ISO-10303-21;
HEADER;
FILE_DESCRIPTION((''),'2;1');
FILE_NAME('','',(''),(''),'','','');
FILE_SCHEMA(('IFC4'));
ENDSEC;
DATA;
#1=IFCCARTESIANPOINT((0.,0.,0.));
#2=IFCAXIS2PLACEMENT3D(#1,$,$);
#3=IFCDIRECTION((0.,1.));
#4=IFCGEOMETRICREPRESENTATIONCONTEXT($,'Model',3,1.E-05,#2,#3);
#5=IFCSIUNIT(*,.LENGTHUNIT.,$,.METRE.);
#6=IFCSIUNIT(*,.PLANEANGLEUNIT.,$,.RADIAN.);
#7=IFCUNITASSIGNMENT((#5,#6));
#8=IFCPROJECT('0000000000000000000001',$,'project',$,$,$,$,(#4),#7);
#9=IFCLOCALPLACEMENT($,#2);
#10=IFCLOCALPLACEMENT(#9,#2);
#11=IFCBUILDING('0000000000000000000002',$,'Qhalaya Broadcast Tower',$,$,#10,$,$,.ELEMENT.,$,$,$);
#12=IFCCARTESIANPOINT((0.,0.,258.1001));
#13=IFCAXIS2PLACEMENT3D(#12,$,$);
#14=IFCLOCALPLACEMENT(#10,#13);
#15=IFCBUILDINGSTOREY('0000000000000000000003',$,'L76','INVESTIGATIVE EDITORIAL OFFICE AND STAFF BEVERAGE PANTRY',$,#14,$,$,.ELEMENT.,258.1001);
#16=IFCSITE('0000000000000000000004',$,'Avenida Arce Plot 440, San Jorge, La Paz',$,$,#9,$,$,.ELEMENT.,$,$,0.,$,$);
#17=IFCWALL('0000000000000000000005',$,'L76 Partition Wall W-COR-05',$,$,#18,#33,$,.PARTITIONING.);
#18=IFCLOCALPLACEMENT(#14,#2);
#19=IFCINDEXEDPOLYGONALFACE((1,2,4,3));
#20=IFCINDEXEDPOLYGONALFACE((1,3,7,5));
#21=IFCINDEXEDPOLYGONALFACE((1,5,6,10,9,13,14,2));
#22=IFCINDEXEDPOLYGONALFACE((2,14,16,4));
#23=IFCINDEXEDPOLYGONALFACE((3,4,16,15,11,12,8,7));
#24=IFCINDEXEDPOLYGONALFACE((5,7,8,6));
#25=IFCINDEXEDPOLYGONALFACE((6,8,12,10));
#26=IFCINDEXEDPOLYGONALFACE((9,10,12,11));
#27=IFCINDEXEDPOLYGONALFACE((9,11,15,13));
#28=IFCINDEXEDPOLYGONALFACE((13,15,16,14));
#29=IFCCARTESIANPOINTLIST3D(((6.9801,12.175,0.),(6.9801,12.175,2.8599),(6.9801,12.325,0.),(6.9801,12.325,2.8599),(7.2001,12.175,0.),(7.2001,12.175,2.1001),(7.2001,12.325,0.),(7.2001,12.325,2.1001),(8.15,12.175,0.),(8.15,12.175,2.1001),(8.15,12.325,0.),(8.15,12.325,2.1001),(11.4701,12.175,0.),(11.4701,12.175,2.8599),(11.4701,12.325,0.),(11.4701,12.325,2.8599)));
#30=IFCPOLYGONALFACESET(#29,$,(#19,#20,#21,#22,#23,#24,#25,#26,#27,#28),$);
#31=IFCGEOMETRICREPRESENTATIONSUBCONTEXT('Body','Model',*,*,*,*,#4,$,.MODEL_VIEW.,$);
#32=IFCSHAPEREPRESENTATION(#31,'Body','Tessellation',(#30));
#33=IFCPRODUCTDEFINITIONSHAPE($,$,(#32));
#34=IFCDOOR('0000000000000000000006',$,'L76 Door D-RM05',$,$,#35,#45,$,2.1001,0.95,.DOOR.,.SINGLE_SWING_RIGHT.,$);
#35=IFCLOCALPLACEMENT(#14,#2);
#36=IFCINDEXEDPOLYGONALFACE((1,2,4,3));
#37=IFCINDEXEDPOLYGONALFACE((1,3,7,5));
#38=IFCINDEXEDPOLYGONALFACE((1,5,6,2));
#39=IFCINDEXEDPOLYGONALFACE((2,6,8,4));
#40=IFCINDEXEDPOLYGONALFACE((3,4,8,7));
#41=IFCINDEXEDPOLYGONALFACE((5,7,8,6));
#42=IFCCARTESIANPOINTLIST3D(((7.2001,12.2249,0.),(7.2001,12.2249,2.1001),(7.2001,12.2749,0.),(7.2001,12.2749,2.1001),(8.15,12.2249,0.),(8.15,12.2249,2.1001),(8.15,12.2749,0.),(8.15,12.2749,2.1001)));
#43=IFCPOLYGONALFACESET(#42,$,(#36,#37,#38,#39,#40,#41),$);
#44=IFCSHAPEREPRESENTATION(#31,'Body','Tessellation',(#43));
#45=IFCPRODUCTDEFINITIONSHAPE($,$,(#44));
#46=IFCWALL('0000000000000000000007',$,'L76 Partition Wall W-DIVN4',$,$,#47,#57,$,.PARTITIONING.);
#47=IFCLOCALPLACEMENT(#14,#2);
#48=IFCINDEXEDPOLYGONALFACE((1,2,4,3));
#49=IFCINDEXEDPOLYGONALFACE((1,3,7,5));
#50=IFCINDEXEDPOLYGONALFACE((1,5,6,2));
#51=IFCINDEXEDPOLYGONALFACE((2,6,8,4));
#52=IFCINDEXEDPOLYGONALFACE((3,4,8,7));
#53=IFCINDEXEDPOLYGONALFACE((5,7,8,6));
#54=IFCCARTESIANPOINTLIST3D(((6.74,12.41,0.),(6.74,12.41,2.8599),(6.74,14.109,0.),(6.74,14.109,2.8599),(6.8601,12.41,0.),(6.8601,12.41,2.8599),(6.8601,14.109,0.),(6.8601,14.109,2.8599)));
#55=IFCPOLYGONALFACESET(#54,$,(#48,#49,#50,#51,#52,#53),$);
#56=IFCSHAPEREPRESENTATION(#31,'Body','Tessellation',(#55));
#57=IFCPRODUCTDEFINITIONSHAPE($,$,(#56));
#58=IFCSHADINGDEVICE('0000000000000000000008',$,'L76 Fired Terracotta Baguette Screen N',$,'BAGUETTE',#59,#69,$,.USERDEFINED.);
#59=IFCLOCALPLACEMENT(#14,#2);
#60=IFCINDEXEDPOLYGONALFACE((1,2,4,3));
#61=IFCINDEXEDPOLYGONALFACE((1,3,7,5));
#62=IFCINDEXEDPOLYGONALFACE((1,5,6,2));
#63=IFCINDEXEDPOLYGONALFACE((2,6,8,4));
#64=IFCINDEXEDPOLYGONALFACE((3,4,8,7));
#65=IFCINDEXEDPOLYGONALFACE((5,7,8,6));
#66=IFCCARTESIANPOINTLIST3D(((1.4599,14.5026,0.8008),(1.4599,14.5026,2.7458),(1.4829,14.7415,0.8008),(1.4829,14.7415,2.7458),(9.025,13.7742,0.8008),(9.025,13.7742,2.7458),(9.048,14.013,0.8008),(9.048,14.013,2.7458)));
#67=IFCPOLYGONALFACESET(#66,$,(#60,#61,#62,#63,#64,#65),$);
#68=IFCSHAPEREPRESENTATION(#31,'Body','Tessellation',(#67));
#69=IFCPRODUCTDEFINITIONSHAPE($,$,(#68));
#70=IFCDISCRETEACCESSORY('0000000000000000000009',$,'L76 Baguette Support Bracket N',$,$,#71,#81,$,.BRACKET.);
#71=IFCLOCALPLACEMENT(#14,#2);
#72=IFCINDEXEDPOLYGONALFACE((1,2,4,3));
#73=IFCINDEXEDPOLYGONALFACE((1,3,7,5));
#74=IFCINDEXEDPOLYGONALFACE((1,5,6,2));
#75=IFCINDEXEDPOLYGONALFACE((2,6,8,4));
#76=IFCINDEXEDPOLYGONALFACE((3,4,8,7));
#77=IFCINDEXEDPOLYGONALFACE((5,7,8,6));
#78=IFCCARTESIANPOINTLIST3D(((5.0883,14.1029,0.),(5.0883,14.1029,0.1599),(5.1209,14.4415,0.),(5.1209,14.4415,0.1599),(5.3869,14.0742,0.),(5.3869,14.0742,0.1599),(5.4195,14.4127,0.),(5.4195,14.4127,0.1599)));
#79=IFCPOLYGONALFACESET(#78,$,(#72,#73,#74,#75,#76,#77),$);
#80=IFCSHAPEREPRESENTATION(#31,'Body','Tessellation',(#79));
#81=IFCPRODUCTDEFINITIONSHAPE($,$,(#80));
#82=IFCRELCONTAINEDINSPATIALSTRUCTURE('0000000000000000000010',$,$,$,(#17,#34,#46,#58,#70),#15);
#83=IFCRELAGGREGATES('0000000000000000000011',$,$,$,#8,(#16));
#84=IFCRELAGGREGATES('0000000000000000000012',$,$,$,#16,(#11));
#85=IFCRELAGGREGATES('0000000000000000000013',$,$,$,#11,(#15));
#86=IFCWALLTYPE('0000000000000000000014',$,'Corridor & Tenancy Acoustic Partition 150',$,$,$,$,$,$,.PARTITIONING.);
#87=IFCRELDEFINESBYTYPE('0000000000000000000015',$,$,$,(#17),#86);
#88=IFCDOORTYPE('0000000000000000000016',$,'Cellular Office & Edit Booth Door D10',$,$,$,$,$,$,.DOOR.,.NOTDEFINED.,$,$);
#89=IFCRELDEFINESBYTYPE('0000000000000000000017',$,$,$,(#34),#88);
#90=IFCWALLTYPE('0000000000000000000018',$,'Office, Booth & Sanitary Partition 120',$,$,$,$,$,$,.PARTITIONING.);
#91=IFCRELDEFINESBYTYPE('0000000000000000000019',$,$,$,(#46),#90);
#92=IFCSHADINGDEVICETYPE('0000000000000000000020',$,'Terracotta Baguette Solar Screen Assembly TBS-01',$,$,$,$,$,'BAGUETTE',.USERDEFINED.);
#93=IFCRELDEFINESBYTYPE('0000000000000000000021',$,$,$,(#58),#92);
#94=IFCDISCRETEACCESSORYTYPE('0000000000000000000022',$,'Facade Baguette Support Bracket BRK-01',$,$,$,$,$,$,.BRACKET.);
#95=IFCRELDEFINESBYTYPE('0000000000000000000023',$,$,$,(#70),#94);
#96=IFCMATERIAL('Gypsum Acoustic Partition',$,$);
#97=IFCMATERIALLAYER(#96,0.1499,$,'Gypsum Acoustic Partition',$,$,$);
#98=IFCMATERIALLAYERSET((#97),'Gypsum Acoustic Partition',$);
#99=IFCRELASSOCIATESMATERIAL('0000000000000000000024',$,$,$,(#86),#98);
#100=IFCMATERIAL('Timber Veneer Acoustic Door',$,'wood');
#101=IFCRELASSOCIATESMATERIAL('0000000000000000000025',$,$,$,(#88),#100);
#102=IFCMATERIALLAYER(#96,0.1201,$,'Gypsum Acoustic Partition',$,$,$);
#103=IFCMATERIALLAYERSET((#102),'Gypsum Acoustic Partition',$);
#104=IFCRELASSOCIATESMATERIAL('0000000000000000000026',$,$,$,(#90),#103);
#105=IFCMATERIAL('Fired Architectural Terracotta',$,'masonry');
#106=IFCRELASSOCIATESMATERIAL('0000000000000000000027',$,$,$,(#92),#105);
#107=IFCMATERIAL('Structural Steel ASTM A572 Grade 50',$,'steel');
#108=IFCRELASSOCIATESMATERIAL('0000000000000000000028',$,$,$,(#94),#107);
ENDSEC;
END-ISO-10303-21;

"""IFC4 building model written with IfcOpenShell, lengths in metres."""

from ifc_helpers import new_model, si_unit, direction, frame, frame_2d, origin, origin_2d, place, context, subcontext, project, spatial, rectangle, extrude, material, layer, layer_set, type_object, element, fill, save


model = new_model("IFC4")

# Units and contexts
model_context = context("Model", 3, precision=1e-05, world=origin(), true_north=direction((0.0, 1.0)))
body_context = subcontext(model_context, "Body", "Model", "MODEL_VIEW")
ifc_project = project(units=[si_unit("LENGTHUNIT", "METRE"), si_unit("PLANEANGLEUNIT", "RADIAN")], contexts=[model_context])

# Site, building, storey
site_placement = place(None, origin())
site = spatial("IfcSite", under=ifc_project, at=site_placement, Name="Avenida Arce Plot 440, San Jorge, La Paz", CompositionType="ELEMENT", RefElevation=0.0)
building_placement = place(site_placement, origin())
building = spatial("IfcBuilding", under=site, at=building_placement, Name="Qhalaya Broadcast Tower", CompositionType="ELEMENT")
storey_placement = place(building_placement, frame((0.0, 0.0, 258.1001)))
storey = spatial("IfcBuildingStorey", under=building, at=storey_placement, Name="L76", Description="INVESTIGATIVE EDITORIAL OFFICE AND STAFF BEVERAGE PANTRY", CompositionType="ELEMENT", Elevation=258.1001)

# Shared definitions
ifc_material_1 = material(Name="Structural Steel ASTM A572 Grade 50", Category="steel")

# Shared definitions
ifc_material_2 = material(Name="Fired Architectural Terracotta", Category="masonry")

# Wall, opening, door
ifc_material_3 = material(Name="Gypsum Acoustic Partition")
ifc_layer_1 = layer(ifc_material_3, 0.1499, Name="Gypsum Acoustic Partition")
ifc_layer_set_1 = layer_set([ifc_layer_1], Name="Gypsum Acoustic Partition")
wall_type_1 = type_object("IfcWallType", Name="Corridor & Tenancy Acoustic Partition 150", PredefinedType="PARTITIONING", material=ifc_layer_set_1)
ifc_material_4 = material(Name="Timber Veneer Acoustic Door", Category="wood")
door_type = type_object("IfcDoorType", Name="Cellular Office & Edit Booth Door D10", OperationType="NOTDEFINED", PredefinedType="DOOR", material=ifc_material_4)
wall_1_placement = place(storey_placement, frame((6.98, 12.25, 0.0), z_axis=(0.0, 0.0, 1.0), x_axis=(1.0, 0.0, 0.0)))
wall_1 = element("IfcWall", 1, at=wall_1_placement, inside=storey, type_object=wall_type_1, Name="L76 Partition Wall W-COR-05", PredefinedType="PARTITIONING", context=body_context, shape_type="SweptSolid", body=[
    extrude(rectangle(XDim=4.49, YDim=0.1499, at=frame_2d((2.2451, 0.0))), origin(), (0.0, 0.0, 1.0), 2.8599),
])
opening_1_placement = place(wall_1_placement, frame((0.22, 0.0, 0.0)))
opening_1 = element("IfcOpeningElement", 2, at=opening_1_placement, cuts=wall_1, PredefinedType="OPENING", context=body_context, shape_type="SweptSolid", body=[
    extrude(rectangle(XDim=0.95, YDim=2.1001, at=frame_2d((0.4751, 1.05))), frame((0.0, 0.0869, 0.0), z_axis=(0.0, -1.0, 0.0), x_axis=(1.0, 0.0, 0.0)), (0.0, 0.0, 1.0), 0.1738),
])
door_1_placement = place(opening_1_placement, origin())
door_1 = element("IfcDoor", 3, at=door_1_placement, inside=storey, type_object=door_type, Name="L76 Door D-RM05", OperationType="SINGLE_SWING_RIGHT", OverallHeight=2.1001, OverallWidth=0.95, PredefinedType="DOOR", context=body_context, shape_type="SweptSolid", body=[
    extrude(rectangle(XDim=0.95, YDim=2.1001, at=frame_2d((0.4751, 1.05))), frame((0.0, 0.0249, 0.0), z_axis=(0.0, -1.0, 0.0), x_axis=(1.0, 0.0, 0.0)), (0.0, 0.0, 1.0), 0.05),
])
fill(opening_1, door_1)

# Wall
ifc_layer_2 = layer(ifc_material_3, 0.1201, Name="Gypsum Acoustic Partition")
ifc_layer_set_2 = layer_set([ifc_layer_2], Name="Gypsum Acoustic Partition")
wall_type_2 = type_object("IfcWallType", Name="Office, Booth & Sanitary Partition 120", PredefinedType="PARTITIONING", material=ifc_layer_set_2)
wall_2_placement = place(storey_placement, frame((6.8, 12.4099, 0.0), z_axis=(0.0, 0.0, 1.0), x_axis=(0.0, 1.0, 0.0)))
element("IfcWall", 4, at=wall_2_placement, inside=storey, type_object=wall_type_2, Name="L76 Partition Wall W-DIVN4", PredefinedType="PARTITIONING", context=body_context, shape_type="SweptSolid", body=[
    extrude(rectangle(XDim=1.699, YDim=0.1201, at=frame_2d((0.8496, 0.0))), origin(), (0.0, 0.0, 1.0), 2.8599),
])

# Shading device
shading_device_type = type_object("IfcShadingDeviceType", Name="Terracotta Baguette Solar Screen Assembly TBS-01", ElementType="BAGUETTE", PredefinedType="USERDEFINED", material=ifc_material_2)
shading_device_placement = place(storey_placement, frame((5.2539, 14.2578, 0.8008), z_axis=(0.0, 0.0, 1.0), x_axis=(-0.995396, 0.095846, 0.0)))
element("IfcShadingDevice", 5, at=shading_device_placement, inside=storey, type_object=shading_device_type, Name="L76 Fired Terracotta Baguette Screen N", ObjectType="BAGUETTE", PredefinedType="USERDEFINED", context=body_context, shape_type="SweptSolid", body=[
    extrude(rectangle(XDim=7.6001, YDim=0.24, at=origin_2d()), origin(), (0.0, 0.0, 1.0), 1.9451),
])

# Discrete accessory
discrete_accessory_type = type_object("IfcDiscreteAccessoryType", Name="Facade Baguette Support Bracket BRK-01", PredefinedType="BRACKET", material=ifc_material_1)
discrete_accessory_placement = place(storey_placement, frame((5.2539, 14.2578, 0.0), z_axis=(0.0, 0.0, 1.0), x_axis=(-0.995396, 0.095846, 0.0)))
element("IfcDiscreteAccessory", 6, at=discrete_accessory_placement, inside=storey, type_object=discrete_accessory_type, Name="L76 Baguette Support Bracket N", PredefinedType="BRACKET", context=body_context, shape_type="SweptSolid", body=[
    extrude(rectangle(XDim=0.3, YDim=0.3401, at=origin_2d()), origin(), (0.0, 0.0, 1.0), 0.1599),
])

save(model, "model.ifc")
